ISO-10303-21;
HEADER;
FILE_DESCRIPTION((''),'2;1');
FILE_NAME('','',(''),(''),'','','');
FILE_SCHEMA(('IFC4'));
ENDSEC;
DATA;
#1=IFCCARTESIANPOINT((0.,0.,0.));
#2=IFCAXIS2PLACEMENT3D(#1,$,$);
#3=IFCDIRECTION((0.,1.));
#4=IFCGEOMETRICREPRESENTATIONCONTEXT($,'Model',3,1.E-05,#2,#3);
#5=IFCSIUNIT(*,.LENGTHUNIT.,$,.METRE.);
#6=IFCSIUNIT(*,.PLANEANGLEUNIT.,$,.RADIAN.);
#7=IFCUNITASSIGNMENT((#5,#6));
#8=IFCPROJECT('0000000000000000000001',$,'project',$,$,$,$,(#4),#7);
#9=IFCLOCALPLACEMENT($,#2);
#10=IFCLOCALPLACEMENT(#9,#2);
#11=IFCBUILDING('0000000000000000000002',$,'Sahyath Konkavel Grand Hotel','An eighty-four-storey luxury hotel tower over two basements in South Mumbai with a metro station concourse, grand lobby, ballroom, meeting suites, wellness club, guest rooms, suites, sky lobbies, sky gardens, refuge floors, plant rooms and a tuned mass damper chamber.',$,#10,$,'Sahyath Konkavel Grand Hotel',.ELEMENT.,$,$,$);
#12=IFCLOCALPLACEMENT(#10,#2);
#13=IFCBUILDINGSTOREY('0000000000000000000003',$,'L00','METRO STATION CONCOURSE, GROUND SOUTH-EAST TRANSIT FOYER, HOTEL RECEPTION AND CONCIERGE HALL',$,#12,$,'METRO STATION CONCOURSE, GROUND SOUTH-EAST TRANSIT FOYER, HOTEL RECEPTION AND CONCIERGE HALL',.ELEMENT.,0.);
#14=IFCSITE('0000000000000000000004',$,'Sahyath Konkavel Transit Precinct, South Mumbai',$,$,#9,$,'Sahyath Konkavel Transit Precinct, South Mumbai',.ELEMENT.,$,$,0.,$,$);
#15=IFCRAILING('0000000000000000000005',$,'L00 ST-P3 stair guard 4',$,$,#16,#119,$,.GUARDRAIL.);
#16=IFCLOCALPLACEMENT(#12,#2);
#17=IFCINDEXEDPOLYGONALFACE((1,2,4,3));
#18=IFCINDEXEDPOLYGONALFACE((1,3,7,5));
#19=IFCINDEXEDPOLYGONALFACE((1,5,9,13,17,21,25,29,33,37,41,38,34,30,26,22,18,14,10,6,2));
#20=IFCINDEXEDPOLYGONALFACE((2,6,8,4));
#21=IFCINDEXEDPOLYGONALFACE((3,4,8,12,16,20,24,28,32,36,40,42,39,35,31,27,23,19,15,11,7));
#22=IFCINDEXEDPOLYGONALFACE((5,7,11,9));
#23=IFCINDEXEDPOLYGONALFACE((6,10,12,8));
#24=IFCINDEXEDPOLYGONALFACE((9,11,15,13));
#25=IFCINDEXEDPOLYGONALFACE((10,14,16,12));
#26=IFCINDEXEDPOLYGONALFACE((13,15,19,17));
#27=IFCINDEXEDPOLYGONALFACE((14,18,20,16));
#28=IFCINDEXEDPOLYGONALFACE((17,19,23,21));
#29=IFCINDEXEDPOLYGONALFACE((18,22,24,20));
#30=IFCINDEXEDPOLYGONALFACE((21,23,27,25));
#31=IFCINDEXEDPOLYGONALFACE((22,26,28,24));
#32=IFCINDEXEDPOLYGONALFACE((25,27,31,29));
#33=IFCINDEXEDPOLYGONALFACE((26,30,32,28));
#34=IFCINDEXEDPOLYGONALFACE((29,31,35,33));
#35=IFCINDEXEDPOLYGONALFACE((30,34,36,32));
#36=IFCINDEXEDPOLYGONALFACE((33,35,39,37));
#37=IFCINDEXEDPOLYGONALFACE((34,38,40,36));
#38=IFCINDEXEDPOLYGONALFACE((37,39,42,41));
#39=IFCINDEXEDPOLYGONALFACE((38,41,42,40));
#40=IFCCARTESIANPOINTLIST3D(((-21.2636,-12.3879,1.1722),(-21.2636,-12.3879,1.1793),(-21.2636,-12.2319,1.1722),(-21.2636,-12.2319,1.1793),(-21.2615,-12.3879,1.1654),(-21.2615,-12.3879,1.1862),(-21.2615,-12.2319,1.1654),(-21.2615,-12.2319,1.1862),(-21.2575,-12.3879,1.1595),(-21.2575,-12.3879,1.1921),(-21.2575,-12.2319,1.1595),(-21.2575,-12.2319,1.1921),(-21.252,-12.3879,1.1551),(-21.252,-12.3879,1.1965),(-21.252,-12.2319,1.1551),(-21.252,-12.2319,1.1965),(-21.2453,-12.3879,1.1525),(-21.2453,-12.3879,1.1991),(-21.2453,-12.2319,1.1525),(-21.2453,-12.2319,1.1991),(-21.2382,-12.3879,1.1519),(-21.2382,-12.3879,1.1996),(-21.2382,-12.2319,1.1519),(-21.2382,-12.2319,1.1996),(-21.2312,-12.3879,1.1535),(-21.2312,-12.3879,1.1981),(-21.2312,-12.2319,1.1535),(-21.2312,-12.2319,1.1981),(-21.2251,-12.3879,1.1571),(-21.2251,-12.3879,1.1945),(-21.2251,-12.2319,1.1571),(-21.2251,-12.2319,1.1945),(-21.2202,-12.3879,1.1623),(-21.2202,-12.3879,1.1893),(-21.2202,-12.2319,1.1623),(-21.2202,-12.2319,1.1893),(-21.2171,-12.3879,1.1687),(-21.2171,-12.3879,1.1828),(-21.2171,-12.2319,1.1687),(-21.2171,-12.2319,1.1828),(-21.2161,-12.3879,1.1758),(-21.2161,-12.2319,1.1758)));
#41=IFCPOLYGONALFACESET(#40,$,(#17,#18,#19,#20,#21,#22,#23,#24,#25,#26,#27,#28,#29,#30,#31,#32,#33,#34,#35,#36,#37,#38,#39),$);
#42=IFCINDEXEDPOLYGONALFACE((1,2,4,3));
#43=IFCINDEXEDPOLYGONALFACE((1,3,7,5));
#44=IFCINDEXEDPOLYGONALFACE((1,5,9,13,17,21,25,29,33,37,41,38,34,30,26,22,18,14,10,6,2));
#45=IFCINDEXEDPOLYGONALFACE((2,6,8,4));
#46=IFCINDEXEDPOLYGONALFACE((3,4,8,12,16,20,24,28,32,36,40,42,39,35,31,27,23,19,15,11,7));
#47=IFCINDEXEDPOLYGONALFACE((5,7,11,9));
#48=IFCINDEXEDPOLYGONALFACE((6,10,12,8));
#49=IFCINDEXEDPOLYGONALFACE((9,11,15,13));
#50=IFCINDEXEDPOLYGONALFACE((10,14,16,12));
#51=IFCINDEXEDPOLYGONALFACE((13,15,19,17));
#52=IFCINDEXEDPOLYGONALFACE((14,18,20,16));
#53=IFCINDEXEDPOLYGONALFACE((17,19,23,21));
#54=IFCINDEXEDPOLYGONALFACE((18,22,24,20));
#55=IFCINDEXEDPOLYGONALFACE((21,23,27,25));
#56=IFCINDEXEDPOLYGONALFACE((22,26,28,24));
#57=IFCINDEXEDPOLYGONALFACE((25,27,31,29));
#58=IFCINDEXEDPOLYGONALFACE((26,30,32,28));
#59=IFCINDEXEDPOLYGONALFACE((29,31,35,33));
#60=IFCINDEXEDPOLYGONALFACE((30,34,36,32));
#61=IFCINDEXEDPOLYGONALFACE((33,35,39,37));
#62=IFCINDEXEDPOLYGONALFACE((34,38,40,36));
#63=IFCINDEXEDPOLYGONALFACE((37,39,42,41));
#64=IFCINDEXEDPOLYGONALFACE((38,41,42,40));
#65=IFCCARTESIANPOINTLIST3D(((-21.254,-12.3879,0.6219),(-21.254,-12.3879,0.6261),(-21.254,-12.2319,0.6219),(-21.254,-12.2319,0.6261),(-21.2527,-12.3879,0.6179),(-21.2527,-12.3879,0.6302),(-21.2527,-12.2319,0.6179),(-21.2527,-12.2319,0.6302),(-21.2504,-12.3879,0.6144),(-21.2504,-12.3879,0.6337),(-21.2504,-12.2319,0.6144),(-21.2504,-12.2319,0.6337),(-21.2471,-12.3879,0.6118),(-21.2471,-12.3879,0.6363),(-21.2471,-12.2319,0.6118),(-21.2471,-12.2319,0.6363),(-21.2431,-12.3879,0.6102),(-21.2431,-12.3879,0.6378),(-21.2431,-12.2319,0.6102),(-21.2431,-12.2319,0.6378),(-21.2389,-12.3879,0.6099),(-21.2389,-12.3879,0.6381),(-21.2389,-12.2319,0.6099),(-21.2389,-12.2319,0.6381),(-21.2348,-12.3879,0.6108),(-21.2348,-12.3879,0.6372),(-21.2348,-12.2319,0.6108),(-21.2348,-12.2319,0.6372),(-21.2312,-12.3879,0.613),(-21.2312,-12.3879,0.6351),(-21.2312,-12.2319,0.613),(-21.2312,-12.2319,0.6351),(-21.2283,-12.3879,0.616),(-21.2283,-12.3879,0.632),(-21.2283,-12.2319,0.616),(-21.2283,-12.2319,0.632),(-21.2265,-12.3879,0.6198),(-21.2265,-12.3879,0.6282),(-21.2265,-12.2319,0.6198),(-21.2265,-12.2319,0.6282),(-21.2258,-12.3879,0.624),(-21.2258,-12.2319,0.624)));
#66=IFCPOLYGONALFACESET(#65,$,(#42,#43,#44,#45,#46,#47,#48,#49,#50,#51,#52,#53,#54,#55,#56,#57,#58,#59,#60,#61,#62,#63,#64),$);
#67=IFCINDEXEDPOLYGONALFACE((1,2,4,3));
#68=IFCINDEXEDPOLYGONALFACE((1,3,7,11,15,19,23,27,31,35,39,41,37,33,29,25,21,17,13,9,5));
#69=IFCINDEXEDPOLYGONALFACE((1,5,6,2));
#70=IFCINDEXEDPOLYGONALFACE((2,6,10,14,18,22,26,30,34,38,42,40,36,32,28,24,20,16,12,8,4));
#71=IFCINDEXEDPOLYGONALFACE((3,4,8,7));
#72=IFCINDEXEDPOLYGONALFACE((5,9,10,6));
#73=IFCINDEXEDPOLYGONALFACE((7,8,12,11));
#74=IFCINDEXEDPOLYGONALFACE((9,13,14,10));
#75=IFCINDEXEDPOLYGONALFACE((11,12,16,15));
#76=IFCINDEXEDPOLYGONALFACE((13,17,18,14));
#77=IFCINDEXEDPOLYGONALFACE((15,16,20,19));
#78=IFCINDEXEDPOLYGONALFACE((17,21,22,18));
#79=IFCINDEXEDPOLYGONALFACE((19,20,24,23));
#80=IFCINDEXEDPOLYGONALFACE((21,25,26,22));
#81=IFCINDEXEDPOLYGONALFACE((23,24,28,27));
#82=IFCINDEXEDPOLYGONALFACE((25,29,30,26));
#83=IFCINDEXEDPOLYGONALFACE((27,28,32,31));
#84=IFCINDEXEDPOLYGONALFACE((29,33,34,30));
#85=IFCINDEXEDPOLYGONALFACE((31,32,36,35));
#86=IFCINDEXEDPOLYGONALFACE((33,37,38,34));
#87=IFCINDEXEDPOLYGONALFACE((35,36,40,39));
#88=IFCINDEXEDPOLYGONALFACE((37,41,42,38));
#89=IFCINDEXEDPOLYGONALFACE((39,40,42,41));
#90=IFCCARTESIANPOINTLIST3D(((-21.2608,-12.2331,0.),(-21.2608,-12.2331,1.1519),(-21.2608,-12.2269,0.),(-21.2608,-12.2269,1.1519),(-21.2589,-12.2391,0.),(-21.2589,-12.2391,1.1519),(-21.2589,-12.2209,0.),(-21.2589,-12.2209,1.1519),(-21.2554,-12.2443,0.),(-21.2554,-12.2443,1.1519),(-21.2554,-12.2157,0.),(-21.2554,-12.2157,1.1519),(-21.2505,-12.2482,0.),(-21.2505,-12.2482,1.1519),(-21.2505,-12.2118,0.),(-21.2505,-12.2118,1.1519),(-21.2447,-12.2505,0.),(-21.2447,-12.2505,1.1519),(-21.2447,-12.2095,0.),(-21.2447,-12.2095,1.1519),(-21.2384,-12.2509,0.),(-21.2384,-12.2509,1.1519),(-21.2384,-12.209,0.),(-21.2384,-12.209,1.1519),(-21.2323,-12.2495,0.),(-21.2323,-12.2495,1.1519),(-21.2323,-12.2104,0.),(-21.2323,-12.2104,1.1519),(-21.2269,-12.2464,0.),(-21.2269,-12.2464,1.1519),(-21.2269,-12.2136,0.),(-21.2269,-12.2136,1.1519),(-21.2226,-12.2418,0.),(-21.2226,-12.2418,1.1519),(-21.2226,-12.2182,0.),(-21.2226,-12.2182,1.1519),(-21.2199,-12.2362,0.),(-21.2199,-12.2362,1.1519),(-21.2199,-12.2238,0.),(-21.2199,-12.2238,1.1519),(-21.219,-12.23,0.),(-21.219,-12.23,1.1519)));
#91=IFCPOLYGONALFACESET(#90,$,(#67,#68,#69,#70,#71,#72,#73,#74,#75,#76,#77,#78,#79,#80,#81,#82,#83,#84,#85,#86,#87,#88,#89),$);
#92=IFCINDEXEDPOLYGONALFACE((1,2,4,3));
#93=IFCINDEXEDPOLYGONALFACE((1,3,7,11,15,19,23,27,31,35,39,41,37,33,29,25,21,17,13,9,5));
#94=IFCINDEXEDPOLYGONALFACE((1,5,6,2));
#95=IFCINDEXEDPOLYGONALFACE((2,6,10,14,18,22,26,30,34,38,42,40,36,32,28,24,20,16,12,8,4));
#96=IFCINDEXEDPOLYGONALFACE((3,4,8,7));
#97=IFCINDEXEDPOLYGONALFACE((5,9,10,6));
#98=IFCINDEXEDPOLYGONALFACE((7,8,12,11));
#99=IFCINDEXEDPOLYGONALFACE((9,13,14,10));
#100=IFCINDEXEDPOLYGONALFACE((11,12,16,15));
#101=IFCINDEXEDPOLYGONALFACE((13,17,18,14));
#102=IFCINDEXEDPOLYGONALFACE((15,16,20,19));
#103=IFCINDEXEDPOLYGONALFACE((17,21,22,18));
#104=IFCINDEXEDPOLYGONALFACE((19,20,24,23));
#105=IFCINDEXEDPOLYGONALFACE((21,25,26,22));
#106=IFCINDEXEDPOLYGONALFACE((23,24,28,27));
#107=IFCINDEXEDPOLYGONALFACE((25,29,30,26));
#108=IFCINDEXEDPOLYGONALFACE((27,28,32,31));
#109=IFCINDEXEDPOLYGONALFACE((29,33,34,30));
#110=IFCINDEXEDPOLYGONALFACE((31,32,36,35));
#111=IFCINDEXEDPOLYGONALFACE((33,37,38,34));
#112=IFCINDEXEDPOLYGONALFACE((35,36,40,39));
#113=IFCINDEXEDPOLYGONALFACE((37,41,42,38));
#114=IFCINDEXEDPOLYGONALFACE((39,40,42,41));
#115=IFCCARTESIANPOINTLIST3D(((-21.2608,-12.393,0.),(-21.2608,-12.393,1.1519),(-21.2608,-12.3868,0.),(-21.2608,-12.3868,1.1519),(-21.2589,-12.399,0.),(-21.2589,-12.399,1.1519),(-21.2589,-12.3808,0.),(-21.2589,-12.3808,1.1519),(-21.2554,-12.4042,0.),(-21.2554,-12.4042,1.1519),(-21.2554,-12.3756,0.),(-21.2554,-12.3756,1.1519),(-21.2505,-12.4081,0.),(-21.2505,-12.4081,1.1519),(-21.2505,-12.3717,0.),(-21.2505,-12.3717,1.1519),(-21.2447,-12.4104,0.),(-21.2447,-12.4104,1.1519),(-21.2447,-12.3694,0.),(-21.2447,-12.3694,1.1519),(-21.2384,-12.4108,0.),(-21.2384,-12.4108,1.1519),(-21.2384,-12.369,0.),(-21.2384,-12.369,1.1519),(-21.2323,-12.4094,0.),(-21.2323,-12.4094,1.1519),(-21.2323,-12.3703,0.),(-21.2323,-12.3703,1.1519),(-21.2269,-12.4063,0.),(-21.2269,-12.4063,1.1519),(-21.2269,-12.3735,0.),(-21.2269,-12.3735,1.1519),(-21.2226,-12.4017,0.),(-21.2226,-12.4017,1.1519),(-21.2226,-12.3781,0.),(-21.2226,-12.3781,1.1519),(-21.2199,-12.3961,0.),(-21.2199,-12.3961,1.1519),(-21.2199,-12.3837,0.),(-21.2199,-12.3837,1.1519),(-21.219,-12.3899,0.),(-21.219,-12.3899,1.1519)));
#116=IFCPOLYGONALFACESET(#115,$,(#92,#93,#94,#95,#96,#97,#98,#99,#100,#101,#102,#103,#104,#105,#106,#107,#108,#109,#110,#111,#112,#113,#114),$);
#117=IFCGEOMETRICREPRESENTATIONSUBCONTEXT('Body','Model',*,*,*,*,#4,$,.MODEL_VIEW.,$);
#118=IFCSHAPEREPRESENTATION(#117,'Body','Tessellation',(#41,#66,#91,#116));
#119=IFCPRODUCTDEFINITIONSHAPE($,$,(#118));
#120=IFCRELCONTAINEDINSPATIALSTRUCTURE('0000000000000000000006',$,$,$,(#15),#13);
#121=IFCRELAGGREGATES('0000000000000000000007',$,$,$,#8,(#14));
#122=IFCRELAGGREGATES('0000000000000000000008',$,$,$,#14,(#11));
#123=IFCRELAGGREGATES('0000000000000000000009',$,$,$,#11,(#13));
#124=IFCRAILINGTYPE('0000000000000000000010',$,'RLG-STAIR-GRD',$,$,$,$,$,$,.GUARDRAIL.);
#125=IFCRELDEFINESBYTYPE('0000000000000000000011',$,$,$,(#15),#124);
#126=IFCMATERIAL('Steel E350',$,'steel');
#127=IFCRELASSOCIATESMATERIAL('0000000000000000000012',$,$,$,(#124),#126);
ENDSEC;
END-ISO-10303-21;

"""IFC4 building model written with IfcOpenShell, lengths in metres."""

from ifc_helpers import new_model, si_unit, direction, frame, origin, origin_2d, place, context, subcontext, project, spatial, circle, extrude, material, type_object, element, save


model = new_model("IFC4")

# Units and contexts
model_context = context("Model", 3, precision=1e-05, world=origin(), true_north=direction((0.0, 1.0)))
body_context = subcontext(model_context, "Body", "Model", "MODEL_VIEW")
ifc_project = project(units=[si_unit("LENGTHUNIT", "METRE"), si_unit("PLANEANGLEUNIT", "RADIAN")], contexts=[model_context])

# Site, building, storey
site_placement = place(None, origin())
site = spatial("IfcSite", under=ifc_project, at=site_placement, Name="Sahyath Konkavel Transit Precinct, South Mumbai", LongName="Sahyath Konkavel Transit Precinct, South Mumbai", CompositionType="ELEMENT", RefElevation=0.0)
building_placement = place(site_placement, origin())
building = spatial("IfcBuilding", under=site, at=building_placement, Name="Sahyath Konkavel Grand Hotel", Description="An eighty-four-storey luxury hotel tower over two basements in South Mumbai with a metro station concourse, grand lobby, ballroom, meeting suites, wellness club, guest rooms, suites, sky lobbies, sky gardens, refuge floors, plant rooms and a tuned mass damper chamber.", LongName="Sahyath Konkavel Grand Hotel", CompositionType="ELEMENT")
storey_placement = place(building_placement, origin())
storey = spatial("IfcBuildingStorey", under=building, at=storey_placement, Name="L00", Description="METRO STATION CONCOURSE, GROUND SOUTH-EAST TRANSIT FOYER, HOTEL RECEPTION AND CONCIERGE HALL", LongName="METRO STATION CONCOURSE, GROUND SOUTH-EAST TRANSIT FOYER, HOTEL RECEPTION AND CONCIERGE HALL", CompositionType="ELEMENT", Elevation=0.0)

# Shared definitions
ifc_material_1 = material(Name="Steel E350", Category="steel")

# Railing
railing_type_1 = type_object("IfcRailingType", Name="RLG-STAIR-GRD", PredefinedType="GUARDRAIL", material=ifc_material_1)
railing_1_placement = place(storey_placement, frame((-21.24, -12.23, 0.0)))
element("IfcRailing", 1, at=railing_1_placement, inside=storey, type_object=railing_type_1, Name="L00 ST-P3 stair guard 4", PredefinedType="GUARDRAIL", context=body_context, shape_type="SweptSolid", body=[
    extrude(circle(Radius=0.0239, at=origin_2d()), frame((0.0, -0.002, 1.1758), z_axis=(0.0, -1.0, 0.0), x_axis=(1.0, 0.0, 0.0)), (0.0, 0.0, 1.0), 0.156),
    extrude(circle(Radius=0.0142, at=origin_2d()), frame((0.0, -0.002, 0.624), z_axis=(0.0, -1.0, 0.0), x_axis=(1.0, 0.0, 0.0)), (0.0, 0.0, 1.0), 0.156),
    extrude(circle(Radius=0.021, at=origin_2d()), origin(), (0.0, 0.0, 1.0), 1.1519),
    extrude(circle(Radius=0.021, at=origin_2d()), frame((0.0, -0.1599, 0.0)), (0.0, 0.0, 1.0), 1.1519),
])

save(model, "model.ifc")
